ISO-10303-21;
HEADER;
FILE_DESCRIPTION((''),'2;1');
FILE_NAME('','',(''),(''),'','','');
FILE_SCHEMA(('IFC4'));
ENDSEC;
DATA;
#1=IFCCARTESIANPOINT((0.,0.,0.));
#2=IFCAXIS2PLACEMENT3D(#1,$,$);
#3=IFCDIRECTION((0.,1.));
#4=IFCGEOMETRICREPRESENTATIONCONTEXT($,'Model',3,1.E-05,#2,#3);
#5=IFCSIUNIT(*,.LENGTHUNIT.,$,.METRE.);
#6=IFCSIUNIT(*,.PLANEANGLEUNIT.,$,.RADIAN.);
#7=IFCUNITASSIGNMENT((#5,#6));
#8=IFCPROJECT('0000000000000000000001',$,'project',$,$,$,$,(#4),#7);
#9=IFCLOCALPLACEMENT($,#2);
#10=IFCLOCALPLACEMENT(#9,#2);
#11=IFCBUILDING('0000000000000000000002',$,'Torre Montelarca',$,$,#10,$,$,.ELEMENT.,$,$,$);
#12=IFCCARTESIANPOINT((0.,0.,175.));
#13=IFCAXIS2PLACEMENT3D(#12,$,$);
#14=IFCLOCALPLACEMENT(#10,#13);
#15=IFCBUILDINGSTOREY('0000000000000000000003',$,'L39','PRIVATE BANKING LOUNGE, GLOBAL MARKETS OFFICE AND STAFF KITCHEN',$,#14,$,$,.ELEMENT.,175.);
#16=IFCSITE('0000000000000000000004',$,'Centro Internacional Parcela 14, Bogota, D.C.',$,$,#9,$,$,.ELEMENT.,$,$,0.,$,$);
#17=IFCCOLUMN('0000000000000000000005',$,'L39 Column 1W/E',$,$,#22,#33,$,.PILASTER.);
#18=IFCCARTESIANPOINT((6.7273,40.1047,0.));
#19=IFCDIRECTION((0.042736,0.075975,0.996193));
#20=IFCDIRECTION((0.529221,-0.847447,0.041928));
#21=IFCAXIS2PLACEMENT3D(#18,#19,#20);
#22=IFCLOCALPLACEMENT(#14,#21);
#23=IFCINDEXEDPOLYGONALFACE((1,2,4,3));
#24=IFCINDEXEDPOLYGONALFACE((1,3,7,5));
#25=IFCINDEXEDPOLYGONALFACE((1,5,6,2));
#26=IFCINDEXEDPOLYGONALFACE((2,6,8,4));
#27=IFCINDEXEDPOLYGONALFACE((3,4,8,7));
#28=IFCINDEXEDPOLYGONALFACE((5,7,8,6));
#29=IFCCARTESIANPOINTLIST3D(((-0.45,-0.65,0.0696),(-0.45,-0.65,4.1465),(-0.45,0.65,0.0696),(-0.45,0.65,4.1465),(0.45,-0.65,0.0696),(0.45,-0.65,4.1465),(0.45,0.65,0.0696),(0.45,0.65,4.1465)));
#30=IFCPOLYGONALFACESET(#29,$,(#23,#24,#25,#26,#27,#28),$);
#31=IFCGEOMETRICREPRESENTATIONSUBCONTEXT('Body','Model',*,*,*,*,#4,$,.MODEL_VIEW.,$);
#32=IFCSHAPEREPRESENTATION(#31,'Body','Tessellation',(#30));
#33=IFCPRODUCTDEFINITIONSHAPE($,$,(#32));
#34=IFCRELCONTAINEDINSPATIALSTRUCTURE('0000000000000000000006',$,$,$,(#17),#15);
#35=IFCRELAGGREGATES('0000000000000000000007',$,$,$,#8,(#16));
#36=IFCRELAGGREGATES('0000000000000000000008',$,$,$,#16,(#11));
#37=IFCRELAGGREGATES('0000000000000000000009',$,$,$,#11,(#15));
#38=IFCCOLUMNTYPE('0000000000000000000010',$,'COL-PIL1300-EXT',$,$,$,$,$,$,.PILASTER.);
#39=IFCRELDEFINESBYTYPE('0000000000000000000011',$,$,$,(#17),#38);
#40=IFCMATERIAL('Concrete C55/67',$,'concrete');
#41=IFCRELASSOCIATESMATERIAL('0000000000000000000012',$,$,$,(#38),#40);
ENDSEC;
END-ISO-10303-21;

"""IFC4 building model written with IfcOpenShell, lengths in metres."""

from ifc_helpers import new_model, si_unit, direction, frame, origin, origin_2d, place, context, subcontext, project, spatial, rectangle, extrude, clip, halfspace, material, material_profile, profile_set, type_object, element, save


model = new_model("IFC4")

# Units and contexts
model_context = context("Model", 3, precision=1e-05, world=origin(), true_north=direction((0.0, 1.0)))
body_context = subcontext(model_context, "Body", "Model", "MODEL_VIEW")
ifc_project = project(units=[si_unit("LENGTHUNIT", "METRE"), si_unit("PLANEANGLEUNIT", "RADIAN")], contexts=[model_context])

# Site, building, storey
site_placement = place(None, origin())
site = spatial("IfcSite", under=ifc_project, at=site_placement, Name="Centro Internacional Parcela 14, Bogota, D.C.", CompositionType="ELEMENT", RefElevation=0.0)
building_placement = place(site_placement, origin())
building = spatial("IfcBuilding", under=site, at=building_placement, Name="Torre Montelarca", CompositionType="ELEMENT")
storey_placement = place(building_placement, frame((0.0, 0.0, 175.0)))
storey = spatial("IfcBuildingStorey", under=building, at=storey_placement, Name="L39", Description="PRIVATE BANKING LOUNGE, GLOBAL MARKETS OFFICE AND STAFF KITCHEN", CompositionType="ELEMENT", Elevation=175.0)

# Column
ifc_material_1 = material(Name="Concrete C55/67", Category="concrete")
ifc_material_profile_1 = material_profile(ifc_material_1, rectangle(XDim=0.8999, YDim=1.3, at=origin_2d()), Name="RC1300X900", Category="concrete")
ifc_profile_set_1 = profile_set([ifc_material_profile_1], Name="Concrete C55/67")
column_type_1 = type_object("IfcColumnType", Name="COL-PIL1300-EXT", PredefinedType="PILASTER", material=ifc_profile_set_1)
column_1_placement = place(storey_placement, frame((6.7273, 40.1047, 0.0), z_axis=(0.042736, 0.075975, 0.996193), x_axis=(0.529221, -0.847447, 0.041928)))
element("IfcColumn", 1, at=column_1_placement, inside=storey, type_object=column_type_1, Name="L39 Column 1W/E", PredefinedType="PILASTER", context=body_context, shape_type="Clipping", body=[
    clip(clip(extrude(rectangle(XDim=0.8999, YDim=1.3, at=origin_2d()), origin(), (0.0, 0.0, 1.0), 4.2161), halfspace(frame((0.0, 0.0, 0.0696), z_axis=(0.0, 0.0, -1.0), x_axis=(1.0, 0.0, 0.0)), False)), halfspace(frame((0.0, 0.0, 4.1465), z_axis=(0.0, 0.0, 1.0), x_axis=(1.0, 0.0, 0.0)), False)),
])

save(model, "model.ifc")
